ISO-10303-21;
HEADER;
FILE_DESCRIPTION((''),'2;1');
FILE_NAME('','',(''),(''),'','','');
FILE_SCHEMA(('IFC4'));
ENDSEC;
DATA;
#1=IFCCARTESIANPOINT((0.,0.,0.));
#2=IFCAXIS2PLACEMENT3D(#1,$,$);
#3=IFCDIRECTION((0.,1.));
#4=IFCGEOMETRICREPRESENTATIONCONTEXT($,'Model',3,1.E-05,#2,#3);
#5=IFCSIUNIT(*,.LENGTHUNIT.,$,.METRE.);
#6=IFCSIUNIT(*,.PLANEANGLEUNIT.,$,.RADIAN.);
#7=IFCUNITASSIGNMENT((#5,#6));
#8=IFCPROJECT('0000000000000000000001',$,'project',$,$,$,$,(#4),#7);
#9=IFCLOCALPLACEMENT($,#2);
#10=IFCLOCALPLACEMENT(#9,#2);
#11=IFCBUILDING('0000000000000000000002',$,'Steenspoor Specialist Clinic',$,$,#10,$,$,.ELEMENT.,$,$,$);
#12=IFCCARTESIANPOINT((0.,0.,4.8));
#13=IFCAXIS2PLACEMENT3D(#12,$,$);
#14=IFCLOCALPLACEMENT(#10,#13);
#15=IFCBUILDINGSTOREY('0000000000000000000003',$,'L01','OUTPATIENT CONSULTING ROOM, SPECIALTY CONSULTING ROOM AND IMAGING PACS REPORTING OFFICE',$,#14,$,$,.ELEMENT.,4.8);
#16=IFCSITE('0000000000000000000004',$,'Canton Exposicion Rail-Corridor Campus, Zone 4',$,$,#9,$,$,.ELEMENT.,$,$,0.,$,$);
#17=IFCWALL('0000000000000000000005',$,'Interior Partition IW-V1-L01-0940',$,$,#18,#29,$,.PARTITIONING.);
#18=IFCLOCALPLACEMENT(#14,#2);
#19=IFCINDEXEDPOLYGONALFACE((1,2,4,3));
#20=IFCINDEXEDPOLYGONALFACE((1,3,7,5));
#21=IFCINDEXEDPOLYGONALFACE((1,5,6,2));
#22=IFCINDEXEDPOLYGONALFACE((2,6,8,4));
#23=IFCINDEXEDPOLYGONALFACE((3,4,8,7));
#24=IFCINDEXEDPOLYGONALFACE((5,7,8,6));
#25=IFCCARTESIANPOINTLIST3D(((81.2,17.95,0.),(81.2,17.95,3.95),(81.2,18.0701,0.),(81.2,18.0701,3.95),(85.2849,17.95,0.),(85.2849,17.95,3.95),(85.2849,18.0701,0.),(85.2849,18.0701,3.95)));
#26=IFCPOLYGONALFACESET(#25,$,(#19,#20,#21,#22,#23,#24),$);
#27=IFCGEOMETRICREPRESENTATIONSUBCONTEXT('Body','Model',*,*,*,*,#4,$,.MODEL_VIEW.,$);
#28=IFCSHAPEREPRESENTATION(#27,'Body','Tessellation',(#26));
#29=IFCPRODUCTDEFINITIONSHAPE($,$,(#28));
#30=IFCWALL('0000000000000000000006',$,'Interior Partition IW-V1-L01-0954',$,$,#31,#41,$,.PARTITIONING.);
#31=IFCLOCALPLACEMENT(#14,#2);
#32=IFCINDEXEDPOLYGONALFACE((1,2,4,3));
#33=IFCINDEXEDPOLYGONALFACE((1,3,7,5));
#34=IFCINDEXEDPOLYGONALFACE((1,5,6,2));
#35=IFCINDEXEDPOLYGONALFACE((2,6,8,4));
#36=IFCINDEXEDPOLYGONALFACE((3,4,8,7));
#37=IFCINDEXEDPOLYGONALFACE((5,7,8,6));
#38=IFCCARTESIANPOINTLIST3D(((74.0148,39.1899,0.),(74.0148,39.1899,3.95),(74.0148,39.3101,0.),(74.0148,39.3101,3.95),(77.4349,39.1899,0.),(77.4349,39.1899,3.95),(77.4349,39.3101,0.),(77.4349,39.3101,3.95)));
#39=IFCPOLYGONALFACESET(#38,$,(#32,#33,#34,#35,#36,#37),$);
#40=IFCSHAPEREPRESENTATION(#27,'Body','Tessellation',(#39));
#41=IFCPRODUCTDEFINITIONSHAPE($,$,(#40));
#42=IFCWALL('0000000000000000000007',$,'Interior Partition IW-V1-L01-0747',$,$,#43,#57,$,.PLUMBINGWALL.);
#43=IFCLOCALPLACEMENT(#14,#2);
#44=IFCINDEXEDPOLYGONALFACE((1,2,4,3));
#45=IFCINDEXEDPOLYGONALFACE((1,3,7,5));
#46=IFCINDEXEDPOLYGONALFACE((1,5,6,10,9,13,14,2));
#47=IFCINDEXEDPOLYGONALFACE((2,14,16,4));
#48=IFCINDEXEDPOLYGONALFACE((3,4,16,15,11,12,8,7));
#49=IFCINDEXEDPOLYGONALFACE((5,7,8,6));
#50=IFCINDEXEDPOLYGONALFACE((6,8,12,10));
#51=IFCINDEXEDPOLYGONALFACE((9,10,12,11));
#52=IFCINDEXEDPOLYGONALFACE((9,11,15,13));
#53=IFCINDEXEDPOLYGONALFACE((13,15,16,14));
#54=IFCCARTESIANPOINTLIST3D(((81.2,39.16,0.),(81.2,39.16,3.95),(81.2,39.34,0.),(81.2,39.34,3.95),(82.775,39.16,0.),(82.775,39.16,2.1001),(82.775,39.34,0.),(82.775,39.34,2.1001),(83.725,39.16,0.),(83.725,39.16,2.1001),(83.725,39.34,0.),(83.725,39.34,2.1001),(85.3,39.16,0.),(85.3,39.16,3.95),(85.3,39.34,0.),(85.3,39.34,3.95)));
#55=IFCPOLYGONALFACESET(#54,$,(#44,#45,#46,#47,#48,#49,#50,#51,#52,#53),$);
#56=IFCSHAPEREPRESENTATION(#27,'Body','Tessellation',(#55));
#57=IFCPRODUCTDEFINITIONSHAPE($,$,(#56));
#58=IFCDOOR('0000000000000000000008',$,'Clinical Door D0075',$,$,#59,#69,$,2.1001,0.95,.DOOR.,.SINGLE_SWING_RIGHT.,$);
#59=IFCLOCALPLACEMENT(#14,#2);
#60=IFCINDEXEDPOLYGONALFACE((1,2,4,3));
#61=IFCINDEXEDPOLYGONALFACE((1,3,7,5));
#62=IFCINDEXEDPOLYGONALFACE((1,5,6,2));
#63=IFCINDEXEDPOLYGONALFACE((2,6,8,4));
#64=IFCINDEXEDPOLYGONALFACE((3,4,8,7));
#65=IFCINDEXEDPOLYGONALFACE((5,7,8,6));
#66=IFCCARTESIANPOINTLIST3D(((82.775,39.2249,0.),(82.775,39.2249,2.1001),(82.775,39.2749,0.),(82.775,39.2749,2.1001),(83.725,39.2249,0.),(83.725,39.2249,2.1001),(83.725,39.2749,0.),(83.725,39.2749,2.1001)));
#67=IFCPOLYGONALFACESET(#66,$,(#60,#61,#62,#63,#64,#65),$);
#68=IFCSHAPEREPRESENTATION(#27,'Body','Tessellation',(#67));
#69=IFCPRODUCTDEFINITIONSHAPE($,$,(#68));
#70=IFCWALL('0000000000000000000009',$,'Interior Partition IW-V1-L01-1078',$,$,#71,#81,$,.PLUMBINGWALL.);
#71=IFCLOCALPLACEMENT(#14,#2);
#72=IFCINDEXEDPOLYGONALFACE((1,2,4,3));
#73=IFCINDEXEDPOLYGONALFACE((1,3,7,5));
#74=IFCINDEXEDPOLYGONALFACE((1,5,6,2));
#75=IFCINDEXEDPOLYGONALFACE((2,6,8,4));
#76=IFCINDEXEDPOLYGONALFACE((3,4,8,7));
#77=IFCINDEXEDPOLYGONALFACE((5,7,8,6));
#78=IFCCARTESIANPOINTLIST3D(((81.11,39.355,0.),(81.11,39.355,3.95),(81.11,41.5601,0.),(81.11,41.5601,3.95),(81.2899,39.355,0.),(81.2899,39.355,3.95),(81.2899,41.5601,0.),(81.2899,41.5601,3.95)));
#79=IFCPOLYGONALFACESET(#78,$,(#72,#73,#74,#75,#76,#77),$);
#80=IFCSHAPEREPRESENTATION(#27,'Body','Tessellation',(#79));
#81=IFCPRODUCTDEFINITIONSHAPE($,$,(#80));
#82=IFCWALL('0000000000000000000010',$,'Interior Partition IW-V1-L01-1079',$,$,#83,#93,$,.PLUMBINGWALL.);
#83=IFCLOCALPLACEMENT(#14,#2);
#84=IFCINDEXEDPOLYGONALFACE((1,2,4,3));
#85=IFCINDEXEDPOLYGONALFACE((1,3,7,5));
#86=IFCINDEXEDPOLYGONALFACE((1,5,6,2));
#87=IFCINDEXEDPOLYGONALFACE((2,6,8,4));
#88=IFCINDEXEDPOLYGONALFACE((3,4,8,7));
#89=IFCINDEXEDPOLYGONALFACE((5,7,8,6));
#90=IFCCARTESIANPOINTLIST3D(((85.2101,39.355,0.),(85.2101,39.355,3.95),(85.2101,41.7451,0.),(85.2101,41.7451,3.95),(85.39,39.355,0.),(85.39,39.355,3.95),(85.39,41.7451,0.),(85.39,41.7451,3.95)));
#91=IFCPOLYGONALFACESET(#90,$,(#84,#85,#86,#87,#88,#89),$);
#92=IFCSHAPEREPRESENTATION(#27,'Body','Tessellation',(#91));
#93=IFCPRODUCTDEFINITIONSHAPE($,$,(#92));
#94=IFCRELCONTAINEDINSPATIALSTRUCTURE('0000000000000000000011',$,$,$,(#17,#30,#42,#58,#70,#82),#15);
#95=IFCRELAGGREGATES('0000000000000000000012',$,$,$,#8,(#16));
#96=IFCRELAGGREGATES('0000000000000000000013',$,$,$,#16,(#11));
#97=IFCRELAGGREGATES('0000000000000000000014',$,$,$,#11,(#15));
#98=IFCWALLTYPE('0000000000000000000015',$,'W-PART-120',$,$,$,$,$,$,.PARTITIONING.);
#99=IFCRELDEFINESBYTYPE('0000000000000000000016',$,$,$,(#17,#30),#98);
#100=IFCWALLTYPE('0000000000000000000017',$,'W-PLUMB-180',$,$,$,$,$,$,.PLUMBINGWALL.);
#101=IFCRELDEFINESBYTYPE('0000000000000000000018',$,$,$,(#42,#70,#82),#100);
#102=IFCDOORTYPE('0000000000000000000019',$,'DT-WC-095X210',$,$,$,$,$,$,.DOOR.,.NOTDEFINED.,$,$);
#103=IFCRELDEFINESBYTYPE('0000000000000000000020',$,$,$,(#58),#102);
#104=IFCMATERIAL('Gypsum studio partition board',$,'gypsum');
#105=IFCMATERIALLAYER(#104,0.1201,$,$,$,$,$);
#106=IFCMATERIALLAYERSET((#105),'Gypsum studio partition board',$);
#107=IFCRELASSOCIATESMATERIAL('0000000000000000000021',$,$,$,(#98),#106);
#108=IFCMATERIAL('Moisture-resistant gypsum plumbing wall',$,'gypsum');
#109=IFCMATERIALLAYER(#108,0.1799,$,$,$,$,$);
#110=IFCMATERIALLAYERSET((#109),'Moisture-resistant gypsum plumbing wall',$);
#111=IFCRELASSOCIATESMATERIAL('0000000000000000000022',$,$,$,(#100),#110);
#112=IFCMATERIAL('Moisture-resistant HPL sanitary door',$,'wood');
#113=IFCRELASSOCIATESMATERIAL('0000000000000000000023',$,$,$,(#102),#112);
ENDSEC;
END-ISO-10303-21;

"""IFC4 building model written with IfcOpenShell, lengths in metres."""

from ifc_helpers import new_model, si_unit, direction, frame, frame_2d, origin, place, context, subcontext, project, spatial, rectangle, extrude, material, layer, layer_set, type_object, element, fill, save


model = new_model("IFC4")

# Units and contexts
model_context = context("Model", 3, precision=1e-05, world=origin(), true_north=direction((0.0, 1.0)))
body_context = subcontext(model_context, "Body", "Model", "MODEL_VIEW")
ifc_project = project(units=[si_unit("LENGTHUNIT", "METRE"), si_unit("PLANEANGLEUNIT", "RADIAN")], contexts=[model_context])

# Site, building, storey
site_placement = place(None, origin())
site = spatial("IfcSite", under=ifc_project, at=site_placement, Name="Canton Exposicion Rail-Corridor Campus, Zone 4", CompositionType="ELEMENT", RefElevation=0.0)
building_placement = place(site_placement, origin())
building = spatial("IfcBuilding", under=site, at=building_placement, Name="Steenspoor Specialist Clinic", CompositionType="ELEMENT")
storey_placement = place(building_placement, frame((0.0, 0.0, 4.8)))
storey = spatial("IfcBuildingStorey", under=building, at=storey_placement, Name="L01", Description="OUTPATIENT CONSULTING ROOM, SPECIALTY CONSULTING ROOM AND IMAGING PACS REPORTING OFFICE", CompositionType="ELEMENT", Elevation=4.8)

# Wall
ifc_material_1 = material(Name="Gypsum studio partition board", Category="gypsum")
ifc_layer_1 = layer(ifc_material_1, 0.1201)
ifc_layer_set_1 = layer_set([ifc_layer_1], Name="Gypsum studio partition board")
wall_type_1 = type_object("IfcWallType", Name="W-PART-120", PredefinedType="PARTITIONING", material=ifc_layer_set_1)
wall_1_placement = place(storey_placement, frame((81.2, 18.01, 0.0), z_axis=(0.0, 0.0, 1.0), x_axis=(1.0, 0.0, 0.0)))
element("IfcWall", 1, at=wall_1_placement, inside=storey, type_object=wall_type_1, Name="Interior Partition IW-V1-L01-0940", PredefinedType="PARTITIONING", context=body_context, shape_type="SweptSolid", body=[
    extrude(rectangle(XDim=4.085, YDim=0.1201, at=frame_2d((2.0425, 0.0))), origin(), (0.0, 0.0, 1.0), 3.95),
])

# Wall
wall_2_placement = place(storey_placement, frame((74.0149, 39.25, 0.0), z_axis=(0.0, 0.0, 1.0), x_axis=(1.0, 0.0, 0.0)))
element("IfcWall", 2, at=wall_2_placement, inside=storey, type_object=wall_type_1, Name="Interior Partition IW-V1-L01-0954", PredefinedType="PARTITIONING", context=body_context, shape_type="SweptSolid", body=[
    extrude(rectangle(XDim=3.4202, YDim=0.1201, at=frame_2d((1.71, 0.0))), origin(), (0.0, 0.0, 1.0), 3.95),
])

# Wall, opening, door
ifc_material_2 = material(Name="Moisture-resistant gypsum plumbing wall", Category="gypsum")
ifc_layer_2 = layer(ifc_material_2, 0.1799)
ifc_layer_set_2 = layer_set([ifc_layer_2], Name="Moisture-resistant gypsum plumbing wall")
wall_type_2 = type_object("IfcWallType", Name="W-PLUMB-180", PredefinedType="PLUMBINGWALL", material=ifc_layer_set_2)
wall_3_placement = place(storey_placement, frame((81.2, 39.25, 0.0), z_axis=(0.0, 0.0, 1.0), x_axis=(1.0, 0.0, 0.0)))
wall_3 = element("IfcWall", 3, at=wall_3_placement, inside=storey, type_object=wall_type_2, Name="Interior Partition IW-V1-L01-0747", PredefinedType="PLUMBINGWALL", context=body_context, shape_type="SweptSolid", body=[
    extrude(rectangle(XDim=4.1001, YDim=0.1799, at=frame_2d((2.05, 0.0))), origin(), (0.0, 0.0, 1.0), 3.95),
])
opening_1_placement = place(wall_3_placement, frame((1.575, 0.0, 0.0)))
opening_1 = element("IfcOpeningElement", 4, at=opening_1_placement, cuts=wall_3, PredefinedType="OPENING", context=body_context, shape_type="SweptSolid", body=[
    extrude(rectangle(XDim=0.95, YDim=2.1001, at=frame_2d((0.4751, 1.05))), frame((0.0, 0.1001, 0.0), z_axis=(0.0, -1.0, 0.0), x_axis=(1.0, 0.0, 0.0)), (0.0, 0.0, 1.0), 0.2),
])
ifc_material_3 = material(Name="Moisture-resistant HPL sanitary door", Category="wood")
door_type_1 = type_object("IfcDoorType", Name="DT-WC-095X210", OperationType="NOTDEFINED", PredefinedType="DOOR", material=ifc_material_3)
door_1_placement = place(opening_1_placement, origin())
door_1 = element("IfcDoor", 5, at=door_1_placement, inside=storey, type_object=door_type_1, Name="Clinical Door D0075", OperationType="SINGLE_SWING_RIGHT", OverallHeight=2.1001, OverallWidth=0.95, PredefinedType="DOOR", context=body_context, shape_type="SweptSolid", body=[
    extrude(rectangle(XDim=0.95, YDim=2.1001, at=frame_2d((0.4751, 1.05))), frame((0.0, 0.0249, 0.0), z_axis=(0.0, -1.0, 0.0), x_axis=(1.0, 0.0, 0.0)), (0.0, 0.0, 1.0), 0.05),
])
fill(opening_1, door_1)

# Walls
wall_4_placement = place(storey_placement, frame((81.2, 39.355, 0.0), z_axis=(0.0, 0.0, 1.0), x_axis=(0.0, 1.0, 0.0)))
element("IfcWall", 6, at=wall_4_placement, inside=storey, type_object=wall_type_2, Name="Interior Partition IW-V1-L01-1078", PredefinedType="PLUMBINGWALL", context=body_context, shape_type="SweptSolid", body=[
    extrude(rectangle(XDim=2.2051, YDim=0.1799, at=frame_2d((1.1025, 0.0))), origin(), (0.0, 0.0, 1.0), 3.95),
])
wall_5_placement = place(storey_placement, frame((85.3, 39.355, 0.0), z_axis=(0.0, 0.0, 1.0), x_axis=(0.0, 1.0, 0.0)))
element("IfcWall", 7, at=wall_5_placement, inside=storey, type_object=wall_type_2, Name="Interior Partition IW-V1-L01-1079", PredefinedType="PLUMBINGWALL", context=body_context, shape_type="SweptSolid", body=[
    extrude(rectangle(XDim=2.3901, YDim=0.1799, at=frame_2d((1.1951, 0.0))), origin(), (0.0, 0.0, 1.0), 3.95),
])

save(model, "model.ifc")
